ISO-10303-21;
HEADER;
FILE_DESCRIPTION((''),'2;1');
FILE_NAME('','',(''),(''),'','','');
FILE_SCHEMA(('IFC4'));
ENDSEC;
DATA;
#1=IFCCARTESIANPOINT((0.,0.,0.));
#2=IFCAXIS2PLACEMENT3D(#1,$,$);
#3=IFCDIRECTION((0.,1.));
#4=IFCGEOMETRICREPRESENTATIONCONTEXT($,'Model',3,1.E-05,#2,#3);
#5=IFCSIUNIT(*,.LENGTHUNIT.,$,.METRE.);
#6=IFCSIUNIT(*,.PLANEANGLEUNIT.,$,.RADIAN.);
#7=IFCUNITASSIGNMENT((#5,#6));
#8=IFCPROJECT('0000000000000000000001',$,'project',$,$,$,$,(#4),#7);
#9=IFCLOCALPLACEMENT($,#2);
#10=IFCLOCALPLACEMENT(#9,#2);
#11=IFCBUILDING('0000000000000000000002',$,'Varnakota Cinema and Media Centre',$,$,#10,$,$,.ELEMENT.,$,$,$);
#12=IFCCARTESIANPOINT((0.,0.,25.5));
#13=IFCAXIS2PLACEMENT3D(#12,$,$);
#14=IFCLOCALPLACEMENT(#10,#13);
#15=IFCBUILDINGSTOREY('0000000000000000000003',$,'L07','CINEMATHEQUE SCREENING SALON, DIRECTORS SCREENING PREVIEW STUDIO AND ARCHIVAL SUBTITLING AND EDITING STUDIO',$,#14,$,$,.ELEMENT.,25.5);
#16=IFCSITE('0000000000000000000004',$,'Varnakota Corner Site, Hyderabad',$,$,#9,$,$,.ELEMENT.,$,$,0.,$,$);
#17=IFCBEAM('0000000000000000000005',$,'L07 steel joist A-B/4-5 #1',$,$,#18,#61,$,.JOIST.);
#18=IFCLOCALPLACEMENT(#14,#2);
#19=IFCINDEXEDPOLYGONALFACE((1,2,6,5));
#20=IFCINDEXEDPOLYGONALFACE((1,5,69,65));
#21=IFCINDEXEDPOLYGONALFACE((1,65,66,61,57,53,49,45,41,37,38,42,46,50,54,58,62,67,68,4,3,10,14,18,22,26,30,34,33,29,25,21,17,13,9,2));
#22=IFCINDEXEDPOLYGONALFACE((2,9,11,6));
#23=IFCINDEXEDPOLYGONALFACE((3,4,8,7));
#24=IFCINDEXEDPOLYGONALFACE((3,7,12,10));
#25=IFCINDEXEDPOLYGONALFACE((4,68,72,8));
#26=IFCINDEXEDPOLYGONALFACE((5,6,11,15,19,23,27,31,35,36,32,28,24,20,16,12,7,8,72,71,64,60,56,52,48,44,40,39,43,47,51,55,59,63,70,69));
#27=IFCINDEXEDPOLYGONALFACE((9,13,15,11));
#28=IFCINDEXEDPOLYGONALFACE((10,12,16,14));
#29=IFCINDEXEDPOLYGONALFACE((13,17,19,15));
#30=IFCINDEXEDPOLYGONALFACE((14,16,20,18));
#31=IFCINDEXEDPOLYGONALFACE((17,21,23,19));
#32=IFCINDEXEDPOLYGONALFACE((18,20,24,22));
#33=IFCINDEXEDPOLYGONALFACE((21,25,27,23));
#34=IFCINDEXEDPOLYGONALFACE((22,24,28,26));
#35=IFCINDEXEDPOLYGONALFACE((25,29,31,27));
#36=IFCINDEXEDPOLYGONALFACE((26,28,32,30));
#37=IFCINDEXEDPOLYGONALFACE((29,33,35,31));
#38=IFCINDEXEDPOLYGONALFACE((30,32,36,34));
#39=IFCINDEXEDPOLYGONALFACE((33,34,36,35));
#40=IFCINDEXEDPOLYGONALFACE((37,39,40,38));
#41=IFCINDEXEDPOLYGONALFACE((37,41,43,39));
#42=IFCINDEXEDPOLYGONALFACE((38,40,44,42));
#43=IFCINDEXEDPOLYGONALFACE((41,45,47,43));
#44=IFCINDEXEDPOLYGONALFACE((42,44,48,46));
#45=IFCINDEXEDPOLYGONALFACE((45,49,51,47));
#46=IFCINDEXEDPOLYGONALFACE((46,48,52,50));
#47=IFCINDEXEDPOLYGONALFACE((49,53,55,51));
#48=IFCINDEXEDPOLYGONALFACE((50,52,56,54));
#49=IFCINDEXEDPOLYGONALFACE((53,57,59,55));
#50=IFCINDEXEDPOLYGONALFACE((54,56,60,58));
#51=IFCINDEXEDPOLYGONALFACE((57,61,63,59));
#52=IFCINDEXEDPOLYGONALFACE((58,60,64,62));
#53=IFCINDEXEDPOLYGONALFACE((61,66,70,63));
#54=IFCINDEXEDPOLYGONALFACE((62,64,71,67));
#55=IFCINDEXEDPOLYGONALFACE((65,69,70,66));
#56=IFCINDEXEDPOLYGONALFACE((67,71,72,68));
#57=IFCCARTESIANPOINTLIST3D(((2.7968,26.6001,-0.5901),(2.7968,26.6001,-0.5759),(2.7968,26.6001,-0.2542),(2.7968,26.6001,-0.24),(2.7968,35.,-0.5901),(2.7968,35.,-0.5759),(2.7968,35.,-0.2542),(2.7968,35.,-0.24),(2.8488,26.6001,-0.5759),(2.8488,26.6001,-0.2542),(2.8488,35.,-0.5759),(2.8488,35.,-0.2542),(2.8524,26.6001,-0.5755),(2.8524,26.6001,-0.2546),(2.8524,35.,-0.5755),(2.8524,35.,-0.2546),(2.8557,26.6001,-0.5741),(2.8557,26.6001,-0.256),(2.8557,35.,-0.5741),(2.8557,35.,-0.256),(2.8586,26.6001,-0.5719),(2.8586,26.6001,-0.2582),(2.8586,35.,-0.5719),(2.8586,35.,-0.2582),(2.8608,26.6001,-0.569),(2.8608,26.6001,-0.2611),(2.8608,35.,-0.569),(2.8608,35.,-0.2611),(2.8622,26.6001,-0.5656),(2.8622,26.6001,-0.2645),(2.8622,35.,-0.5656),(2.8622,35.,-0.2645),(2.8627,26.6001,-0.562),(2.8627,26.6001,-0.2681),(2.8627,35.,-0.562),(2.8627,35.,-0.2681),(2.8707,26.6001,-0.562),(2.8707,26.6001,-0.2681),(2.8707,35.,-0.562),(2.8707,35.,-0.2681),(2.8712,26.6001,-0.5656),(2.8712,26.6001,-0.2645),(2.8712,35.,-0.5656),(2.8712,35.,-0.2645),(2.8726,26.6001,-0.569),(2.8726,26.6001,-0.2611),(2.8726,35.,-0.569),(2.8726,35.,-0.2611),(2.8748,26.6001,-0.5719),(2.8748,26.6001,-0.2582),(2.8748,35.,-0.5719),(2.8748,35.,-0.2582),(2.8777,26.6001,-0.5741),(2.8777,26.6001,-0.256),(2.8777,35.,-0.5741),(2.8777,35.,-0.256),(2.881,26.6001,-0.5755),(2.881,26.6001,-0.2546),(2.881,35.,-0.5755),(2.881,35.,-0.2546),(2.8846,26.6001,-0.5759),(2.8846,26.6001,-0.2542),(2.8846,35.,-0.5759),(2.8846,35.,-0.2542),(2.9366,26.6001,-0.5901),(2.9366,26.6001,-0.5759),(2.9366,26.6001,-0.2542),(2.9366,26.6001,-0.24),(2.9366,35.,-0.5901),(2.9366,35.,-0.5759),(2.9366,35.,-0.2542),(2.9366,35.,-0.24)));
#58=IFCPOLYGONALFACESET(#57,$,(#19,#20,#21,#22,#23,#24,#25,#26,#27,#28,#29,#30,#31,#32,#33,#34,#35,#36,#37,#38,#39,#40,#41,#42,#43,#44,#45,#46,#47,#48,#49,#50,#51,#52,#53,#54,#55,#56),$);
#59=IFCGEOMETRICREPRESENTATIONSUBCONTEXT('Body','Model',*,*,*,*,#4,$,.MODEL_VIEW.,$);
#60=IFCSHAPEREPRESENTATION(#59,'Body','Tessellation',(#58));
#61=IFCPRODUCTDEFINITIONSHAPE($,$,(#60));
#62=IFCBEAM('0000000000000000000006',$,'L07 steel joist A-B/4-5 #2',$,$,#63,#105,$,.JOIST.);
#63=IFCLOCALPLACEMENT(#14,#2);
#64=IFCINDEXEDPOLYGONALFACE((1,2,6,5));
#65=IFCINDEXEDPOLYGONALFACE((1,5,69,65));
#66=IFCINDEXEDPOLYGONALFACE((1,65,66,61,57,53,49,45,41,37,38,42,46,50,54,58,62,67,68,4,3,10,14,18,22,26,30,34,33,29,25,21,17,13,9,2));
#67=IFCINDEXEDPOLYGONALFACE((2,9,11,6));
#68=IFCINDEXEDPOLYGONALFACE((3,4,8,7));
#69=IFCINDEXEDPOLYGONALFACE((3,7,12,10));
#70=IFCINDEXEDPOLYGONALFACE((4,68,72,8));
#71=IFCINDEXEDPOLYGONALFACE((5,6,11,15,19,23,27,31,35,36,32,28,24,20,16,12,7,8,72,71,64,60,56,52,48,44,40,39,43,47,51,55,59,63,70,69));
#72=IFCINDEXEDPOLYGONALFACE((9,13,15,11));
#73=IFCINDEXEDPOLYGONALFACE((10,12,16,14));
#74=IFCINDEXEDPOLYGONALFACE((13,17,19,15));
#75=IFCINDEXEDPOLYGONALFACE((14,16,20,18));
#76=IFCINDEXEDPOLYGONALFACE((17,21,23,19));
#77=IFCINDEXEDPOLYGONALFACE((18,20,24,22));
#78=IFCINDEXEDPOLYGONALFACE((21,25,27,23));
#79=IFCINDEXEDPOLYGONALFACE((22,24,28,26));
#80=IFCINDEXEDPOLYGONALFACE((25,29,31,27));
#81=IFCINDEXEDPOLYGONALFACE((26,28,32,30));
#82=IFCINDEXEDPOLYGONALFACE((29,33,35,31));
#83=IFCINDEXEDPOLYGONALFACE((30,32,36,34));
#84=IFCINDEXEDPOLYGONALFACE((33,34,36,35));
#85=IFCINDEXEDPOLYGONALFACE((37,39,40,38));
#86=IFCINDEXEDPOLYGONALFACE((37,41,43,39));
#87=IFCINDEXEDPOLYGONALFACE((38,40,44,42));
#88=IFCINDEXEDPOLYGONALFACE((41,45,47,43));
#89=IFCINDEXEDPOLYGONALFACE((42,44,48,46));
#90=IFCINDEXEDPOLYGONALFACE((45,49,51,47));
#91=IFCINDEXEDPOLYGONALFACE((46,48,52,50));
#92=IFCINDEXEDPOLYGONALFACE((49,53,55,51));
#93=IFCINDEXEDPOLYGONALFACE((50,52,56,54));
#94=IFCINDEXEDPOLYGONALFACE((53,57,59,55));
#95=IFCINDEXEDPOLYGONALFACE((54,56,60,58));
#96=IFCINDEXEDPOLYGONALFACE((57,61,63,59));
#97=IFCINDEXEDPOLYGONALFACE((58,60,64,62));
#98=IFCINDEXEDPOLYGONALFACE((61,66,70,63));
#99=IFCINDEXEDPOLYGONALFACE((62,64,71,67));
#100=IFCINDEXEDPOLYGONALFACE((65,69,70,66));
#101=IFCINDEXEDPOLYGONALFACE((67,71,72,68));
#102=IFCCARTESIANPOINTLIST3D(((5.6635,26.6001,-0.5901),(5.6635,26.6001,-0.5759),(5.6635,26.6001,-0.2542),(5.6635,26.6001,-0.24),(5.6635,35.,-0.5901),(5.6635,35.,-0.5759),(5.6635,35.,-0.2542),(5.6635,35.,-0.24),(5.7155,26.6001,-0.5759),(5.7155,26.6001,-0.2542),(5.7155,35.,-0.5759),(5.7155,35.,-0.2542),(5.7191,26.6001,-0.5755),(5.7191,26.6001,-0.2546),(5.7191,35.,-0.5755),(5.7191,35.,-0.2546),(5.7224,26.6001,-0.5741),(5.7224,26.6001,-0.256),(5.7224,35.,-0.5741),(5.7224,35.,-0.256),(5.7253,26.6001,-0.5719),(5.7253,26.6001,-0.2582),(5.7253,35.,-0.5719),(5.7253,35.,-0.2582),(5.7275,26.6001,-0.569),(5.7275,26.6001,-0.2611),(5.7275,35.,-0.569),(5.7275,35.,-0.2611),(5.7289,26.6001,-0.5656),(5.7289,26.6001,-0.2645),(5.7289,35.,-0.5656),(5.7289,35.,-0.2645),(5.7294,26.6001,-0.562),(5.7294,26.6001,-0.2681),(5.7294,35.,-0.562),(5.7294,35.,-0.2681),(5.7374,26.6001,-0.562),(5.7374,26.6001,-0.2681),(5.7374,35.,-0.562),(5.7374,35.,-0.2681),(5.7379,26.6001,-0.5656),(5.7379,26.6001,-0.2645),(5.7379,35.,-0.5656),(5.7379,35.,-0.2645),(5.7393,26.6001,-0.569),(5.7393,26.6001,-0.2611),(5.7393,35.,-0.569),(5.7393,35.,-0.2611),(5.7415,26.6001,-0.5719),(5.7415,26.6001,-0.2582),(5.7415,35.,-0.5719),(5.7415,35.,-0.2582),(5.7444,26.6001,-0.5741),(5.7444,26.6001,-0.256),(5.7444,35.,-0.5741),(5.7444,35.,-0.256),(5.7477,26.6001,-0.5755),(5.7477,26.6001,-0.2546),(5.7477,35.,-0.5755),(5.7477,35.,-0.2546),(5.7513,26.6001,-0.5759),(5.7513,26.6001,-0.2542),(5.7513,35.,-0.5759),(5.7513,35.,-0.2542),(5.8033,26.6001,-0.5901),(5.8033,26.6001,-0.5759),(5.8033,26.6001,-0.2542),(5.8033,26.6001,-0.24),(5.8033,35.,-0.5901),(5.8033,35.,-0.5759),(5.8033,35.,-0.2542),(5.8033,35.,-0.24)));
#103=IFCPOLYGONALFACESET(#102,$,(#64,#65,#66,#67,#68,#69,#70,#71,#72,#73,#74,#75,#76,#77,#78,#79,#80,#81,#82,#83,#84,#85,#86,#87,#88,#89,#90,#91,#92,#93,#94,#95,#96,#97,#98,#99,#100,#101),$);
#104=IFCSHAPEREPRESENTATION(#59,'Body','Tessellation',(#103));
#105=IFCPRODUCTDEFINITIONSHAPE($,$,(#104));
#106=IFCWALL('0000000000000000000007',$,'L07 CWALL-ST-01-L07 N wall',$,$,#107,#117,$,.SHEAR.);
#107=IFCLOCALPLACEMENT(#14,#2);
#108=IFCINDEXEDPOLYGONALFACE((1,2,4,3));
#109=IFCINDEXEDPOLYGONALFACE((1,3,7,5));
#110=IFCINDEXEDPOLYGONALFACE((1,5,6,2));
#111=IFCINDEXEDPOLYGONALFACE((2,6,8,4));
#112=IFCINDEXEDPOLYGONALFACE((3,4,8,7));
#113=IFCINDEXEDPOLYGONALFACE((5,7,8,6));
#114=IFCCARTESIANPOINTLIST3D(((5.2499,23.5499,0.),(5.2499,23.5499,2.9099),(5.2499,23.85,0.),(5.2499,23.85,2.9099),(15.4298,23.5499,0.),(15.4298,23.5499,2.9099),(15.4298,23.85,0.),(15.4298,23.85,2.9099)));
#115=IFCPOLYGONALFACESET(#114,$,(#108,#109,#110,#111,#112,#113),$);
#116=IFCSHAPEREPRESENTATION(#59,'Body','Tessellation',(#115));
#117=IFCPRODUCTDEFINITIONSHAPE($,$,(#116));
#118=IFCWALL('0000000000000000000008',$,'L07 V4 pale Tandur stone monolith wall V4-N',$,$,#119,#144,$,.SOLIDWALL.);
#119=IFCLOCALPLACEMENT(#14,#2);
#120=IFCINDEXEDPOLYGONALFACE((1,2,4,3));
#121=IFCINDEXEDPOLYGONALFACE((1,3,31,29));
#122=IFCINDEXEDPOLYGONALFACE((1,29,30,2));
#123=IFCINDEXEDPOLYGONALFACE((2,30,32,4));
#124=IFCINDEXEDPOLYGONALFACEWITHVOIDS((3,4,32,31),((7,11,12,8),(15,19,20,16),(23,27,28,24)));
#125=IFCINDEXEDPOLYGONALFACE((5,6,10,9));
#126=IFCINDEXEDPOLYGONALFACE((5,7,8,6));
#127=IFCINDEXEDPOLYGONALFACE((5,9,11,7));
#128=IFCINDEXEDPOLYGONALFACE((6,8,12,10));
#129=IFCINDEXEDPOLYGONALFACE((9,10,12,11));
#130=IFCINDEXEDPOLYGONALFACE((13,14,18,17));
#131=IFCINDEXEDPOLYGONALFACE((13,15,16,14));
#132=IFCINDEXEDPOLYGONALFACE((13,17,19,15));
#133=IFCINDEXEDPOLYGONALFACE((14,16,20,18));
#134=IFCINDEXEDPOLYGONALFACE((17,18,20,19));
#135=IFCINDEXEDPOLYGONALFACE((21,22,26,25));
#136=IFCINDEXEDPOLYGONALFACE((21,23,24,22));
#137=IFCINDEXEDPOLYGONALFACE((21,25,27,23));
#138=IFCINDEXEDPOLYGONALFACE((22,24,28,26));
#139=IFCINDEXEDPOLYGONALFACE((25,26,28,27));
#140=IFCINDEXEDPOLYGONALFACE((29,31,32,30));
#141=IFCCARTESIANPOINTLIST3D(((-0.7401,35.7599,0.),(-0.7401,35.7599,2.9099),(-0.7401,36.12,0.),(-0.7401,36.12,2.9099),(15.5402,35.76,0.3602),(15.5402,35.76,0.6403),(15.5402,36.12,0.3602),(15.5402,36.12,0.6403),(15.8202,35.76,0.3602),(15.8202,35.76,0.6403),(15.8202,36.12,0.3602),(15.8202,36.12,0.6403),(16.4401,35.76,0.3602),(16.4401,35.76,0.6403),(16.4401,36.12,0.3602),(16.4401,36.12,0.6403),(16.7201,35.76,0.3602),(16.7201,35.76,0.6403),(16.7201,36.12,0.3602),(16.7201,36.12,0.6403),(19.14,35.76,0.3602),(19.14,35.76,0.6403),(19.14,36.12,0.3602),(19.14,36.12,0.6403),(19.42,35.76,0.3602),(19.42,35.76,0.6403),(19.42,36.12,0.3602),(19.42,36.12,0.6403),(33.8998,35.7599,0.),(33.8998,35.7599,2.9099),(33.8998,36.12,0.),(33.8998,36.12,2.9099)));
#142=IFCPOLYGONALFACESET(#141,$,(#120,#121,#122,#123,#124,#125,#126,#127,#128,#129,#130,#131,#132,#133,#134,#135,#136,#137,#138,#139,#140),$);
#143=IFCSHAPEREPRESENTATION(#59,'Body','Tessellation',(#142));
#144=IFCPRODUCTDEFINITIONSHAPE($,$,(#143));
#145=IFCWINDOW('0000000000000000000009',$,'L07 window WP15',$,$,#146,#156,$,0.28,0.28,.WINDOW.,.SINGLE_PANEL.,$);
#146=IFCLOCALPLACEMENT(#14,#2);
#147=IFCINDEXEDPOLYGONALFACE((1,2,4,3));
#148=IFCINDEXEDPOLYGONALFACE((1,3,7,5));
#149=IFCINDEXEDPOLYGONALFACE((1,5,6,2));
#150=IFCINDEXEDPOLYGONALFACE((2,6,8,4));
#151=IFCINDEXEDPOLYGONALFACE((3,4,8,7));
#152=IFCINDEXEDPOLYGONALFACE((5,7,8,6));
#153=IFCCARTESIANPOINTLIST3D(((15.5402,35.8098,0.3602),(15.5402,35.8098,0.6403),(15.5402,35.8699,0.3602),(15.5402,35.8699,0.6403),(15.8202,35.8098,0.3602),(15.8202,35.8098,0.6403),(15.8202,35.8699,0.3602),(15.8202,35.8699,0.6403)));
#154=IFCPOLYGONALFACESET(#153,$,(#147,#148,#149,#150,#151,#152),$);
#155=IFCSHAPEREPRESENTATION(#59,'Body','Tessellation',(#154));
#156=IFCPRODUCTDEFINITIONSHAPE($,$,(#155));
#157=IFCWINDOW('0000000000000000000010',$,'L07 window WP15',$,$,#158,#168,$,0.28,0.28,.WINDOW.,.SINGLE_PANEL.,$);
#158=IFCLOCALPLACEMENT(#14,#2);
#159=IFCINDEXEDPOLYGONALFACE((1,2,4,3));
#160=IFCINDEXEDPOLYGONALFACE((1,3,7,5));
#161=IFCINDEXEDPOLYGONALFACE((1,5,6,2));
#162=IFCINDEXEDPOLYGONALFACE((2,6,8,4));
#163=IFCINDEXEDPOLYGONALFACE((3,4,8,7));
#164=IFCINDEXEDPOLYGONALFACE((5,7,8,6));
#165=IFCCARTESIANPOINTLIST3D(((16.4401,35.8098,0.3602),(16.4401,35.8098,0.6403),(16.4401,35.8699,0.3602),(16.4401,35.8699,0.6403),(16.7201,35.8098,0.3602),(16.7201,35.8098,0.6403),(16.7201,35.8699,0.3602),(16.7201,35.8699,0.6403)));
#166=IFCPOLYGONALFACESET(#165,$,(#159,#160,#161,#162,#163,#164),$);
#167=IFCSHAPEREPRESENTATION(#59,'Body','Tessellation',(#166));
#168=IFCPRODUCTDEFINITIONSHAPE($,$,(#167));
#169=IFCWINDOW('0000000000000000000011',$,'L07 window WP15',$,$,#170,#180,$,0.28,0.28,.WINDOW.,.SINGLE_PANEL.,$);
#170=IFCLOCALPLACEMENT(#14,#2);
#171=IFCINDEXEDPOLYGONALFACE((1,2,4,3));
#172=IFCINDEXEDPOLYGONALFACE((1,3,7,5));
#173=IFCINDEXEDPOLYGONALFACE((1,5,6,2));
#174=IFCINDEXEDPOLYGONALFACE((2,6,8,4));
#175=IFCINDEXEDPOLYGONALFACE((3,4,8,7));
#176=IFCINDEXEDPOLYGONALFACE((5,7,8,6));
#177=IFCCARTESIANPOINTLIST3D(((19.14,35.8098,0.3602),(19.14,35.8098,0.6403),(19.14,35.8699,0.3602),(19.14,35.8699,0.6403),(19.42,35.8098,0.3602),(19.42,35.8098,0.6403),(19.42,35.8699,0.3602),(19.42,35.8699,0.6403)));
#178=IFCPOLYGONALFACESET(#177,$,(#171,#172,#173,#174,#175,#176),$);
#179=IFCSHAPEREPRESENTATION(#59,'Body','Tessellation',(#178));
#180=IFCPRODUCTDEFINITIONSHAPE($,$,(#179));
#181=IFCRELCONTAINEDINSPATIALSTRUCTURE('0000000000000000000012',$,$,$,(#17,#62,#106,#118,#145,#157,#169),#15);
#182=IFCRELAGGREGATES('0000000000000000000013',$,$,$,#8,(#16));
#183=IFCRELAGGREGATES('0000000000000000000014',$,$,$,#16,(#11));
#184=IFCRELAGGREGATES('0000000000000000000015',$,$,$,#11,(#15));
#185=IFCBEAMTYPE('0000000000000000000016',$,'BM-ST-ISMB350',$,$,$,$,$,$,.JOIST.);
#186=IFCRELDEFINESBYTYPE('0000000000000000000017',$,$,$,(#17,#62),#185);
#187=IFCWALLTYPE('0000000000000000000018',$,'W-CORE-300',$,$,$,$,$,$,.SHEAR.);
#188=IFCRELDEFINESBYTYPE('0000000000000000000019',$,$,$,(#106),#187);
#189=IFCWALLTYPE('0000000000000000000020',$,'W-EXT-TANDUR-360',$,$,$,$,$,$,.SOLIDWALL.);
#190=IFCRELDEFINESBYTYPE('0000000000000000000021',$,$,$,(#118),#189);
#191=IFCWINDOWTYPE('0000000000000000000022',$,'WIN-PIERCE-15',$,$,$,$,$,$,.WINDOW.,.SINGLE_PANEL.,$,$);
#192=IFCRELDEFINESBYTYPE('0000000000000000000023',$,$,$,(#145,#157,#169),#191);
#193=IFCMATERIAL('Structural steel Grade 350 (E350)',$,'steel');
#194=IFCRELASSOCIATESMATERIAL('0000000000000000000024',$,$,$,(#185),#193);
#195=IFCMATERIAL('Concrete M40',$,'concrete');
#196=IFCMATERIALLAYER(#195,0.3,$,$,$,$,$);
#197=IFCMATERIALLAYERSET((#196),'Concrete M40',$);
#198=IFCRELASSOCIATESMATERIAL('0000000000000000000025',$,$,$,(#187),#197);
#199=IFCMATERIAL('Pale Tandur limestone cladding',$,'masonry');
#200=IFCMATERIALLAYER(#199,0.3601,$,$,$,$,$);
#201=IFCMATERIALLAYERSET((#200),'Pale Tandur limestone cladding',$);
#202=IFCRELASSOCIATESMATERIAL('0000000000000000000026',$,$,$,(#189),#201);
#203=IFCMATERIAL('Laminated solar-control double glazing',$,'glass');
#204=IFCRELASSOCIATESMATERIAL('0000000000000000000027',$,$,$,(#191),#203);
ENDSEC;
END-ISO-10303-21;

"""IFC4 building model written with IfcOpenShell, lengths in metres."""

from ifc_helpers import new_model, si_unit, direction, frame, frame_2d, origin, origin_2d, place, context, subcontext, project, spatial, rectangle, i_section, extrude, material, layer, layer_set, material_profile, profile_set, type_object, element, fill, save


model = new_model("IFC4")

# Units and contexts
model_context = context("Model", 3, precision=1e-05, world=origin(), true_north=direction((0.0, 1.0)))
body_context = subcontext(model_context, "Body", "Model", "MODEL_VIEW")
ifc_project = project(units=[si_unit("LENGTHUNIT", "METRE"), si_unit("PLANEANGLEUNIT", "RADIAN")], contexts=[model_context])

# Site, building, storey
site_placement = place(None, origin())
site = spatial("IfcSite", under=ifc_project, at=site_placement, Name="Varnakota Corner Site, Hyderabad", CompositionType="ELEMENT", RefElevation=0.0)
building_placement = place(site_placement, origin())
building = spatial("IfcBuilding", under=site, at=building_placement, Name="Varnakota Cinema and Media Centre", CompositionType="ELEMENT")
storey_placement = place(building_placement, frame((0.0, 0.0, 25.5)))
storey = spatial("IfcBuildingStorey", under=building, at=storey_placement, Name="L07", Description="CINEMATHEQUE SCREENING SALON, DIRECTORS SCREENING PREVIEW STUDIO AND ARCHIVAL SUBTITLING AND EDITING STUDIO", CompositionType="ELEMENT", Elevation=25.5)

# Beams
ifc_material_1 = material(Name="Structural steel Grade 350 (E350)", Category="steel")
ifc_material_profile_1 = material_profile(ifc_material_1, i_section(OverallWidth=0.1399, OverallDepth=0.3501, WebThickness=0.0081, FlangeThickness=0.0142, FilletRadius=0.0139, at=origin_2d()), Name="ISMB 350")
ifc_profile_set_1 = profile_set([ifc_material_profile_1], Name="Structural steel Grade 350 (E350)")
beam_type_1 = type_object("IfcBeamType", Name="BM-ST-ISMB350", PredefinedType="JOIST", material=ifc_profile_set_1)
for number, where, z_axis, x_axis, name in (
    (1, (2.8667, 26.6001, -0.415), (0.0, 1.0, 0.0), (-1.0, 0.0, 0.0), "L07 steel joist A-B/4-5 #1"),
    (2, (5.7334, 26.6001, -0.415), (0.0, 1.0, 0.0), (-1.0, 0.0, 0.0), "L07 steel joist A-B/4-5 #2"),
):
    element("IfcBeam", number, at=place(storey_placement, frame(where, z_axis=z_axis, x_axis=x_axis)), inside=storey, type_object=beam_type_1, Name=name, PredefinedType="JOIST", context=body_context, shape_type="SweptSolid", body=[
        extrude(i_section(OverallWidth=0.1399, OverallDepth=0.3501, WebThickness=0.0081, FlangeThickness=0.0142, FilletRadius=0.0139, at=origin_2d()), origin(), (0.0, 0.0, 1.0), 8.3999),
    ])

# Shared definitions
ifc_material_2 = material(Name="Concrete M40", Category="concrete")
ifc_layer_1 = layer(ifc_material_2, 0.3)
ifc_layer_set_1 = layer_set([ifc_layer_1], Name="Concrete M40")
wall_type_1 = type_object("IfcWallType", Name="W-CORE-300", PredefinedType="SHEAR", material=ifc_layer_set_1)

# Wall
wall_1_placement = place(storey_placement, frame((5.25, 23.7, 0.0), z_axis=(0.0, 0.0, 1.0), x_axis=(1.0, 0.0, 0.0)))
element("IfcWall", 3, at=wall_1_placement, inside=storey, type_object=wall_type_1, Name="L07 CWALL-ST-01-L07 N wall", PredefinedType="SHEAR", context=body_context, shape_type="SweptSolid", body=[
    extrude(rectangle(XDim=10.1799, YDim=0.3, at=frame_2d((5.0898, 0.0))), origin(), (0.0, 0.0, 1.0), 2.9099),
])

# Wall, openings, windows
ifc_material_3 = material(Name="Pale Tandur limestone cladding", Category="masonry")
ifc_layer_2 = layer(ifc_material_3, 0.3601)
ifc_layer_set_2 = layer_set([ifc_layer_2], Name="Pale Tandur limestone cladding")
wall_type_2 = type_object("IfcWallType", Name="W-EXT-TANDUR-360", PredefinedType="SOLIDWALL", material=ifc_layer_set_2)
wall_2_placement = place(storey_placement, frame((-0.74, 35.9399, 0.0), z_axis=(0.0, 0.0, 1.0), x_axis=(1.0, 0.0, 0.0)))
wall_2 = element("IfcWall", 4, at=wall_2_placement, inside=storey, type_object=wall_type_2, Name="L07 V4 pale Tandur stone monolith wall V4-N", PredefinedType="SOLIDWALL", context=body_context, shape_type="SweptSolid", body=[
    extrude(rectangle(XDim=34.6399, YDim=0.3601, at=frame_2d((17.3198, 0.0))), origin(), (0.0, 0.0, 1.0), 2.9099),
])
opening_1_placement = place(wall_2_placement, frame((16.28, 0.0, 0.3601)))
opening_1 = element("IfcOpeningElement", 5, at=opening_1_placement, cuts=wall_2, PredefinedType="OPENING", context=body_context, shape_type="SweptSolid", body=[
    extrude(rectangle(XDim=0.28, YDim=0.28, at=frame_2d((0.1401, 0.1401))), frame((0.0, 0.1802, 0.0), z_axis=(0.0, -1.0, 0.0), x_axis=(1.0, 0.0, 0.0)), (0.0, 0.0, 1.0), 0.3601),
])
opening_2_placement = place(wall_2_placement, frame((17.1799, 0.0, 0.3601)))
opening_2 = element("IfcOpeningElement", 6, at=opening_2_placement, cuts=wall_2, PredefinedType="OPENING", context=body_context, shape_type="SweptSolid", body=[
    extrude(rectangle(XDim=0.28, YDim=0.28, at=frame_2d((0.1401, 0.1401))), frame((0.0, 0.1802, 0.0), z_axis=(0.0, -1.0, 0.0), x_axis=(1.0, 0.0, 0.0)), (0.0, 0.0, 1.0), 0.3601),
])
opening_3_placement = place(wall_2_placement, frame((19.8799, 0.0, 0.3601)))
opening_3 = element("IfcOpeningElement", 7, at=opening_3_placement, cuts=wall_2, PredefinedType="OPENING", context=body_context, shape_type="SweptSolid", body=[
    extrude(rectangle(XDim=0.28, YDim=0.28, at=frame_2d((0.1401, 0.1401))), frame((0.0, 0.1802, 0.0), z_axis=(0.0, -1.0, 0.0), x_axis=(1.0, 0.0, 0.0)), (0.0, 0.0, 1.0), 0.3601),
])
ifc_material_4 = material(Name="Laminated solar-control double glazing", Category="glass")
window_type = type_object("IfcWindowType", Name="WIN-PIERCE-15", PartitioningType="SINGLE_PANEL", PredefinedType="WINDOW", material=ifc_material_4)
window_1_placement = place(opening_1_placement, origin())
window_1 = element("IfcWindow", 8, at=window_1_placement, inside=storey, type_object=window_type, Name="L07 window WP15", OverallHeight=0.28, OverallWidth=0.28, PartitioningType="SINGLE_PANEL", PredefinedType="WINDOW", context=body_context, shape_type="SweptSolid", body=[
    extrude(rectangle(XDim=0.28, YDim=0.28, at=frame_2d((0.1401, 0.1401))), frame((0.0, -0.0701, 0.0), z_axis=(0.0, -1.0, 0.0), x_axis=(1.0, 0.0, 0.0)), (0.0, 0.0, 1.0), 0.0601),
])
fill(opening_1, window_1)
window_2_placement = place(opening_2_placement, origin())
window_2 = element("IfcWindow", 9, at=window_2_placement, inside=storey, type_object=window_type, Name="L07 window WP15", OverallHeight=0.28, OverallWidth=0.28, PartitioningType="SINGLE_PANEL", PredefinedType="WINDOW", context=body_context, shape_type="SweptSolid", body=[
    extrude(rectangle(XDim=0.28, YDim=0.28, at=frame_2d((0.1401, 0.1401))), frame((0.0, -0.0701, 0.0), z_axis=(0.0, -1.0, 0.0), x_axis=(1.0, 0.0, 0.0)), (0.0, 0.0, 1.0), 0.0601),
])
fill(opening_2, window_2)
window_3_placement = place(opening_3_placement, origin())
window_3 = element("IfcWindow", 10, at=window_3_placement, inside=storey, type_object=window_type, Name="L07 window WP15", OverallHeight=0.28, OverallWidth=0.28, PartitioningType="SINGLE_PANEL", PredefinedType="WINDOW", context=body_context, shape_type="SweptSolid", body=[
    extrude(rectangle(XDim=0.28, YDim=0.28, at=frame_2d((0.1401, 0.1401))), frame((0.0, -0.0701, 0.0), z_axis=(0.0, -1.0, 0.0), x_axis=(1.0, 0.0, 0.0)), (0.0, 0.0, 1.0), 0.0601),
])
fill(opening_3, window_3)

save(model, "model.ifc")
